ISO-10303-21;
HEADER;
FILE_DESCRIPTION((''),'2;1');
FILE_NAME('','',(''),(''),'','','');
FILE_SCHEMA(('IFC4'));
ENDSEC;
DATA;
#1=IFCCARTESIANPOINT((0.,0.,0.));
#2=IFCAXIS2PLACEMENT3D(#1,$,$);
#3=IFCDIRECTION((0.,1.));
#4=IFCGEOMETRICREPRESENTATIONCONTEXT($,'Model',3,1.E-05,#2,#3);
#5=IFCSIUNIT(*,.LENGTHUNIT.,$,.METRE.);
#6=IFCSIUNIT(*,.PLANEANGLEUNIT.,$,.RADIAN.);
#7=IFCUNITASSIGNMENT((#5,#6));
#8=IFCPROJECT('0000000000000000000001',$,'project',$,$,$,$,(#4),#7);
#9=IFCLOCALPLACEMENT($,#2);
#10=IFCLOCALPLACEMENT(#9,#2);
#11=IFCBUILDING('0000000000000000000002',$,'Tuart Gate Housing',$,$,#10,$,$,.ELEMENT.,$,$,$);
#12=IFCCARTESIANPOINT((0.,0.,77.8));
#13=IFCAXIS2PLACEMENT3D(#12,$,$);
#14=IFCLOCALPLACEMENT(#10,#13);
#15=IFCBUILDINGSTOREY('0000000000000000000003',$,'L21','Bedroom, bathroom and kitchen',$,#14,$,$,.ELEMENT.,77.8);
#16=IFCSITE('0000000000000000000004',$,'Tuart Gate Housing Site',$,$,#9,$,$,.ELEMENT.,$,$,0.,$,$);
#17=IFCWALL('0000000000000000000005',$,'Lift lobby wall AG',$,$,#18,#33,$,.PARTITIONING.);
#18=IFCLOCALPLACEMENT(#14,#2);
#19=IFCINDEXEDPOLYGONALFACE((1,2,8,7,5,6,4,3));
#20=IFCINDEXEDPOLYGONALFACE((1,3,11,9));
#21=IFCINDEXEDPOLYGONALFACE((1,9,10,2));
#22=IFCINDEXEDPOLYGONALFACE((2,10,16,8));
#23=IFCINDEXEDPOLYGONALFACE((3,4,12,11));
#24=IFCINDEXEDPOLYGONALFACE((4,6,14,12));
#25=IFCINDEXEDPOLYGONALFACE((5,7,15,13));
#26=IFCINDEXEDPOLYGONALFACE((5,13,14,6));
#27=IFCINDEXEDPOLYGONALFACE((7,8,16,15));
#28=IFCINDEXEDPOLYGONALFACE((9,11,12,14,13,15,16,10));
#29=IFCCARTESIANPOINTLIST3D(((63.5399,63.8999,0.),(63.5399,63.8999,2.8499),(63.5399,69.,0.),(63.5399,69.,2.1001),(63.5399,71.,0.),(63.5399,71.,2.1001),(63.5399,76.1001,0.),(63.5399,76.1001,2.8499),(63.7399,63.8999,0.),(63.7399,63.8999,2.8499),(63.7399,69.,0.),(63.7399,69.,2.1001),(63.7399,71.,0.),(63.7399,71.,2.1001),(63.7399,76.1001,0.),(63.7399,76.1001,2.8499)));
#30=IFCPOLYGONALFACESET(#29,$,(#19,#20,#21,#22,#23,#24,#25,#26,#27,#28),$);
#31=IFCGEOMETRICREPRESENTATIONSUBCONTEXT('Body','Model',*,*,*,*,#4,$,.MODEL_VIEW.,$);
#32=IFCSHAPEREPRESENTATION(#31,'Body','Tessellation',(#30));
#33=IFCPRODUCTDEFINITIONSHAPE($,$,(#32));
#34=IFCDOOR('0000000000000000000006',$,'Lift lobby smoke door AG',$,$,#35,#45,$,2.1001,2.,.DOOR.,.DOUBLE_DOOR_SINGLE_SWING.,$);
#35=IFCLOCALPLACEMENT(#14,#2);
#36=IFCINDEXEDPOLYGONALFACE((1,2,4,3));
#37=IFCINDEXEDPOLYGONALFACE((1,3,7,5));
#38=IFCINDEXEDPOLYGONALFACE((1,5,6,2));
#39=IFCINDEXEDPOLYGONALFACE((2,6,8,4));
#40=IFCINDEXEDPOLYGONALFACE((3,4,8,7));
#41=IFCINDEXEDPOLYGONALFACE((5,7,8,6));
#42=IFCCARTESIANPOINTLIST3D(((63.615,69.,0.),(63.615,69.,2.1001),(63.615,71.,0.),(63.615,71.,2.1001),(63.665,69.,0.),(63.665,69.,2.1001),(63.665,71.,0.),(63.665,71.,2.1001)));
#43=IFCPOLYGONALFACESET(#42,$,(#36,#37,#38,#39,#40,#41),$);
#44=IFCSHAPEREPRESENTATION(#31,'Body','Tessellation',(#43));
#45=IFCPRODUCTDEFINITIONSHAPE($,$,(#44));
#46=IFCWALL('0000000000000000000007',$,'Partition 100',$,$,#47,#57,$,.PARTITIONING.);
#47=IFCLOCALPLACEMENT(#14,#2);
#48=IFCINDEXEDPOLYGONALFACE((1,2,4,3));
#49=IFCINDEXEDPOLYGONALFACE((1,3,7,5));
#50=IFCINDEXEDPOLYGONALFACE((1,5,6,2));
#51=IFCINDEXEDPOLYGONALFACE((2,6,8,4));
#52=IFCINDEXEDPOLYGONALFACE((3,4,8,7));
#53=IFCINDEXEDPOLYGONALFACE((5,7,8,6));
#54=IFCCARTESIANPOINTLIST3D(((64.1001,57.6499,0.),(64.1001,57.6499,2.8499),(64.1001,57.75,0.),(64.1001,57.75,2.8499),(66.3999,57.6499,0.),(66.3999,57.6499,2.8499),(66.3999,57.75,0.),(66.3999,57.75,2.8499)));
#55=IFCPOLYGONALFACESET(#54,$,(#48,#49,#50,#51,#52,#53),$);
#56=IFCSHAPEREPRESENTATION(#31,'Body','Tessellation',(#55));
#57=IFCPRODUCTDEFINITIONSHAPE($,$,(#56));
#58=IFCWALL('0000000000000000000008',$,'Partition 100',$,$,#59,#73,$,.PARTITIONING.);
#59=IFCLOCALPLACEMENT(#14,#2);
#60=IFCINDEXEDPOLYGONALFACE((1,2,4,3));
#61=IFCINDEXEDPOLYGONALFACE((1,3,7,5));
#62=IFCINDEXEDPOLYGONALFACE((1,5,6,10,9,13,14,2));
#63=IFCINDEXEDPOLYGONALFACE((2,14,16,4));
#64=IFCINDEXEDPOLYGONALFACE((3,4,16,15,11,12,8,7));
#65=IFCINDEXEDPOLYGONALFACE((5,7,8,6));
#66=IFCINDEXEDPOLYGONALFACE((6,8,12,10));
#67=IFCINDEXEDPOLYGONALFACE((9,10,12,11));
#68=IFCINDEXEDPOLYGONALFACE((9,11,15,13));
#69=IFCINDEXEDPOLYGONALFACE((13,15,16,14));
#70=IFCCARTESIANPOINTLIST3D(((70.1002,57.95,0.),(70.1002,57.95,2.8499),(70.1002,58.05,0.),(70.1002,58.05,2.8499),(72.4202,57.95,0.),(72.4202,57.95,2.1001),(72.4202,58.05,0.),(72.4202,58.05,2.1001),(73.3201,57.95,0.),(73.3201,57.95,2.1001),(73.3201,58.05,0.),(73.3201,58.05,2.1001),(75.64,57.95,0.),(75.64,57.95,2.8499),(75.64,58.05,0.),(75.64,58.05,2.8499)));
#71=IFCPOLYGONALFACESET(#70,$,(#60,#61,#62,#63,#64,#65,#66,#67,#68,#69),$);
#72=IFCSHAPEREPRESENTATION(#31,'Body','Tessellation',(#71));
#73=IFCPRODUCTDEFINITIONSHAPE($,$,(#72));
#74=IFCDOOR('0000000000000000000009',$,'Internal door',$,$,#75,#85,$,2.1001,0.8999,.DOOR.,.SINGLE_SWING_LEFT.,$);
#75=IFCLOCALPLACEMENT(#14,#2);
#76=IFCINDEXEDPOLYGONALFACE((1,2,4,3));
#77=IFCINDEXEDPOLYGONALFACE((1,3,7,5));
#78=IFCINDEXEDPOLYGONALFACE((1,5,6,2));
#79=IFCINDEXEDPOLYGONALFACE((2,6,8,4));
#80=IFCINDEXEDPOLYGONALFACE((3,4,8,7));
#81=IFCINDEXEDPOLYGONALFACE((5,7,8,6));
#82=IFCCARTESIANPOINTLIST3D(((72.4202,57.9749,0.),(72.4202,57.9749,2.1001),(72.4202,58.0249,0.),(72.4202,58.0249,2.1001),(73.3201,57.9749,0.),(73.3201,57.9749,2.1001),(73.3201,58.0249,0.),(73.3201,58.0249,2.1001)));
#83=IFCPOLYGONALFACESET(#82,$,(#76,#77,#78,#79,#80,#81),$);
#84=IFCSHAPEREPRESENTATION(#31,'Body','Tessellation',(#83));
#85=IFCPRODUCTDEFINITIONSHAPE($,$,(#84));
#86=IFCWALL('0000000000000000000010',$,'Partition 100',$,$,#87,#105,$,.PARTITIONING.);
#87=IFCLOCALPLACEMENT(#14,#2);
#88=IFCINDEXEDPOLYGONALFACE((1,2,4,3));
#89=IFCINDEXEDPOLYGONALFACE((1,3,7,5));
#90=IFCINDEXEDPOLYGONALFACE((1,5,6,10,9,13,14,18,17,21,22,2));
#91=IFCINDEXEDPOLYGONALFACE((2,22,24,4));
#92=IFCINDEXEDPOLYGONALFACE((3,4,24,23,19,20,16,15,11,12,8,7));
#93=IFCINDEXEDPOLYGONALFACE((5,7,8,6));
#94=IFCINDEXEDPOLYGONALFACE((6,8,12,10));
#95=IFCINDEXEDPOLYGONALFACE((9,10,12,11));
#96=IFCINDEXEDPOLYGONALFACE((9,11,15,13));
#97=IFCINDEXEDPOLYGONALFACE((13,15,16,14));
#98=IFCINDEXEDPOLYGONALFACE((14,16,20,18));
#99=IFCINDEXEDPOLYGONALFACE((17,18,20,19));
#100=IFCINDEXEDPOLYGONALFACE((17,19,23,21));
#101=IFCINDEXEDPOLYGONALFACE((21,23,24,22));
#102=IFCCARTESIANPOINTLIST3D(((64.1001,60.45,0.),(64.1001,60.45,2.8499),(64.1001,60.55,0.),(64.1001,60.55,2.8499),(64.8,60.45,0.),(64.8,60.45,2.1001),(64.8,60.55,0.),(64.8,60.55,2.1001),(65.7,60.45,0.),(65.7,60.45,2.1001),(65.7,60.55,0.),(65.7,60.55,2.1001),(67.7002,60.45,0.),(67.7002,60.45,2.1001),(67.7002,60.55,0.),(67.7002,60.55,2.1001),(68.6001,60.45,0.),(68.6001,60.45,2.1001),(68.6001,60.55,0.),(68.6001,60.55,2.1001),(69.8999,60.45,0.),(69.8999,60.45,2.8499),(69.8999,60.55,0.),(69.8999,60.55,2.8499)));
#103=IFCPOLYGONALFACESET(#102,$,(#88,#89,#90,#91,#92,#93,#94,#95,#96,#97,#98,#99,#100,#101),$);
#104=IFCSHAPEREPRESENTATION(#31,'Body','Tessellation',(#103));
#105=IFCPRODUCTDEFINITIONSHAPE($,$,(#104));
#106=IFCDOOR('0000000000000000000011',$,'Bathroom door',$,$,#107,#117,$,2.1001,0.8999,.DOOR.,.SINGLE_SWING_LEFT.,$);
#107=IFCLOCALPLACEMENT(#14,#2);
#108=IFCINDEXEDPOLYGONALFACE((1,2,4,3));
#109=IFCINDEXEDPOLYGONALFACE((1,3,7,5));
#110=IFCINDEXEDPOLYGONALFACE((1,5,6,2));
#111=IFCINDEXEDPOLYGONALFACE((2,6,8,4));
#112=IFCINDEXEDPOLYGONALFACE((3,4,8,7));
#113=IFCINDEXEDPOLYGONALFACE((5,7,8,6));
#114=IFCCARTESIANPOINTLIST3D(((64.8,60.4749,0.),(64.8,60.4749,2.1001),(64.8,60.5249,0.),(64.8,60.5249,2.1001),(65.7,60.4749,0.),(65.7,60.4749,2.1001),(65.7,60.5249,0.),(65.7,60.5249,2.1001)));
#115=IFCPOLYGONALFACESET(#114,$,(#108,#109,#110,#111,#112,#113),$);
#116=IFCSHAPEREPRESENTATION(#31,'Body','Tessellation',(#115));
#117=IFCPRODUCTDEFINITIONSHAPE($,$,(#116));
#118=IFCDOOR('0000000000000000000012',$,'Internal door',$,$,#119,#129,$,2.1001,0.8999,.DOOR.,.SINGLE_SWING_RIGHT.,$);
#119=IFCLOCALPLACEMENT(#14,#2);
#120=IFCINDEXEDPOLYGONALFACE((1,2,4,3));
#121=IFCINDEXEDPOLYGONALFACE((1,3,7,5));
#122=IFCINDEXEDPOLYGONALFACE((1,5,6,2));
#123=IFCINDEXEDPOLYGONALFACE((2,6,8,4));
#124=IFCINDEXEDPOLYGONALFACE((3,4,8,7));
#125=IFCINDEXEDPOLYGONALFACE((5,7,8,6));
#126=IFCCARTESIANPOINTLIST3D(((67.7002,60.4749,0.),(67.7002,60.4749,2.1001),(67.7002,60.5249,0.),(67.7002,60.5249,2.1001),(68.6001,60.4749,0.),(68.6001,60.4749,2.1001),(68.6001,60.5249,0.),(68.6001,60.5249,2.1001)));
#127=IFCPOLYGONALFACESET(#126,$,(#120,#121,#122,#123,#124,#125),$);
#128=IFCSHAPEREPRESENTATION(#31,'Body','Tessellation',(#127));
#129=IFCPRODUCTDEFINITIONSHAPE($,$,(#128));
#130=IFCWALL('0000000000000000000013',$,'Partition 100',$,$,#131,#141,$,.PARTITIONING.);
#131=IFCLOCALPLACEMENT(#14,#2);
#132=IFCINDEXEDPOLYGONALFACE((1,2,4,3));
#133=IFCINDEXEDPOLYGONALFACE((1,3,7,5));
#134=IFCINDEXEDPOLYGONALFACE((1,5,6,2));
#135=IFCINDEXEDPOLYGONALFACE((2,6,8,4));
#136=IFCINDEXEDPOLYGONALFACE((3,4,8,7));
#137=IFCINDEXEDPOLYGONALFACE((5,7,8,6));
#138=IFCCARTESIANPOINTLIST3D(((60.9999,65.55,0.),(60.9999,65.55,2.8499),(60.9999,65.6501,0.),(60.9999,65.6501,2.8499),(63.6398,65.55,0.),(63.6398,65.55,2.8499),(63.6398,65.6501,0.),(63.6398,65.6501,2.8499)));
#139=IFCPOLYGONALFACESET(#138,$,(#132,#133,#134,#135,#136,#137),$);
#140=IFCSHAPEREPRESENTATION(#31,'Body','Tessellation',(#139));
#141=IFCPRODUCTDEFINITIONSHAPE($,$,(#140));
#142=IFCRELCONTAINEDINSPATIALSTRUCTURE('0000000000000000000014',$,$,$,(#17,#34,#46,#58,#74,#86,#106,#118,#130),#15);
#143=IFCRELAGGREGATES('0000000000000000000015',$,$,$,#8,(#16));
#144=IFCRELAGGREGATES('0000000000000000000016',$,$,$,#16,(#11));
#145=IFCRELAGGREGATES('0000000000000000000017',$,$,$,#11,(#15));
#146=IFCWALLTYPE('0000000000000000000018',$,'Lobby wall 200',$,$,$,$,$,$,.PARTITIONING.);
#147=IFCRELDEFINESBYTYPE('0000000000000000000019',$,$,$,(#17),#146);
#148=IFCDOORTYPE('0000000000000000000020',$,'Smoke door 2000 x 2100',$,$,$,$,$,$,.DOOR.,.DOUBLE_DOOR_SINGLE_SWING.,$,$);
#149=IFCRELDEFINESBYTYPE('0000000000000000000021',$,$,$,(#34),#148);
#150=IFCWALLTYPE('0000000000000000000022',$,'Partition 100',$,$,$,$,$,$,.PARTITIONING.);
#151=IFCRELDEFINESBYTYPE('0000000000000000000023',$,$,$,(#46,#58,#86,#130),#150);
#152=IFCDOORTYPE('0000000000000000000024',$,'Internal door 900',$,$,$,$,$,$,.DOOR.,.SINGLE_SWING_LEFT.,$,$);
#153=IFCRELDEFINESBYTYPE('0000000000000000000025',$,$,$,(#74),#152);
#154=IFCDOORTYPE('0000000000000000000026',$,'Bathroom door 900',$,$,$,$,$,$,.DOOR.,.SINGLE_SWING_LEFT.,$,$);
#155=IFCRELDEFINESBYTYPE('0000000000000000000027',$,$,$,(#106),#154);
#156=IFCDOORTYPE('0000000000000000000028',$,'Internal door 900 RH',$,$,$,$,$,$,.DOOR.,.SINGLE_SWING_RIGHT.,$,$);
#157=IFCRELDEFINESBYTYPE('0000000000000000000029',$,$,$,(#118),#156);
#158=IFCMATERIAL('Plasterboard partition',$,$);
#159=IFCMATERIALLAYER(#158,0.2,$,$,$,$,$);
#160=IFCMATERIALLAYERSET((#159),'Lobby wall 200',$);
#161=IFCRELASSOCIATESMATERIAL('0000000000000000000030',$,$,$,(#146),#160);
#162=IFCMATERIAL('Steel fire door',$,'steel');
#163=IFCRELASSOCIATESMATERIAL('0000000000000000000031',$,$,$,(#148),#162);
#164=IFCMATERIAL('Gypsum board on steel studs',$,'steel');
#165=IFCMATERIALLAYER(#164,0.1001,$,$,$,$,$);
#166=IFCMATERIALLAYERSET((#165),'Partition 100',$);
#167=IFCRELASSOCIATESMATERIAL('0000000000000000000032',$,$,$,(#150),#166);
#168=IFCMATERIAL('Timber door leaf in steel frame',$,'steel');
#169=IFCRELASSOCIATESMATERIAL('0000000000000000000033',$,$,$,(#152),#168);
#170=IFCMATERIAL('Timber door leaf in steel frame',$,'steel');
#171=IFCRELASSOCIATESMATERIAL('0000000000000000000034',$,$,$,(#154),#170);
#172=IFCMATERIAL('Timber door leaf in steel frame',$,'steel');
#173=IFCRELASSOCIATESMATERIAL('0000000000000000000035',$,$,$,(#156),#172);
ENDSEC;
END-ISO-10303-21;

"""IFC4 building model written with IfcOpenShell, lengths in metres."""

from ifc_helpers import new_model, si_unit, direction, frame, frame_2d, origin, place, context, subcontext, project, spatial, rectangle, extrude, material, layer, layer_set, type_object, element, fill, save


model = new_model("IFC4")

# Units and contexts
model_context = context("Model", 3, precision=1e-05, world=origin(), true_north=direction((0.0, 1.0)))
body_context = subcontext(model_context, "Body", "Model", "MODEL_VIEW")
ifc_project = project(units=[si_unit("LENGTHUNIT", "METRE"), si_unit("PLANEANGLEUNIT", "RADIAN")], contexts=[model_context])

# Site, building, storey
site_placement = place(None, origin())
site = spatial("IfcSite", under=ifc_project, at=site_placement, Name="Tuart Gate Housing Site", CompositionType="ELEMENT", RefElevation=0.0)
building_placement = place(site_placement, origin())
building = spatial("IfcBuilding", under=site, at=building_placement, Name="Tuart Gate Housing", CompositionType="ELEMENT")
storey_placement = place(building_placement, frame((0.0, 0.0, 77.8)))
storey = spatial("IfcBuildingStorey", under=building, at=storey_placement, Name="L21", Description="Bedroom, bathroom and kitchen", CompositionType="ELEMENT", Elevation=77.8)

# Wall, opening, door
ifc_material_1 = material(Name="Plasterboard partition")
ifc_layer_1 = layer(ifc_material_1, 0.2)
ifc_layer_set_1 = layer_set([ifc_layer_1], Name="Lobby wall 200")
wall_type_1 = type_object("IfcWallType", Name="Lobby wall 200", PredefinedType="PARTITIONING", material=ifc_layer_set_1)
wall_1_placement = place(storey_placement, frame((63.6399, 63.8999, 0.0), z_axis=(0.0, 0.0, 1.0), x_axis=(0.0, 1.0, 0.0)))
wall_1 = element("IfcWall", 1, at=wall_1_placement, inside=storey, type_object=wall_type_1, Name="Lift lobby wall AG", PredefinedType="PARTITIONING", context=body_context, shape_type="SweptSolid", body=[
    extrude(rectangle(XDim=12.2002, YDim=0.2, at=frame_2d((6.1001, 0.0))), origin(), (0.0, 0.0, 1.0), 2.8499),
])
opening_1_placement = place(wall_1_placement, frame((5.1001, 0.0, 0.0)))
opening_1 = element("IfcOpeningElement", 2, at=opening_1_placement, cuts=wall_1, PredefinedType="OPENING", context=body_context, shape_type="SweptSolid", body=[
    extrude(rectangle(XDim=2.0, YDim=2.1001, at=frame_2d((1.0, 1.05))), frame((0.0, 0.1099, 0.0), z_axis=(0.0, -1.0, 0.0), x_axis=(1.0, 0.0, 0.0)), (0.0, 0.0, 1.0), 0.22),
])
ifc_material_2 = material(Name="Steel fire door", Category="steel")
door_type_1 = type_object("IfcDoorType", Name="Smoke door 2000 x 2100", OperationType="DOUBLE_DOOR_SINGLE_SWING", PredefinedType="DOOR", material=ifc_material_2)
door_1_placement = place(opening_1_placement, frame((2.0, 0.0, 0.0), z_axis=(0.0, 0.0, 1.0), x_axis=(-1.0, 0.0, 0.0)))
door_1 = element("IfcDoor", 3, at=door_1_placement, inside=storey, type_object=door_type_1, Name="Lift lobby smoke door AG", OperationType="DOUBLE_DOOR_SINGLE_SWING", OverallHeight=2.1001, OverallWidth=2.0, PredefinedType="DOOR", context=body_context, shape_type="SweptSolid", body=[
    extrude(rectangle(XDim=2.0, YDim=2.1001, at=frame_2d((1.0, 1.05))), frame((0.0, 0.0251, 0.0), z_axis=(0.0, -1.0, 0.0), x_axis=(1.0, 0.0, 0.0)), (0.0, 0.0, 1.0), 0.05),
])
fill(opening_1, door_1)

# Wall
ifc_material_3 = material(Name="Gypsum board on steel studs", Category="steel")
ifc_layer_2 = layer(ifc_material_3, 0.1001)
ifc_layer_set_2 = layer_set([ifc_layer_2], Name="Partition 100")
wall_type_2 = type_object("IfcWallType", Name="Partition 100", PredefinedType="PARTITIONING", material=ifc_layer_set_2)
wall_2_placement = place(storey_placement, frame((64.1001, 57.7, 0.0), z_axis=(0.0, 0.0, 1.0), x_axis=(1.0, 0.0, 0.0)))
element("IfcWall", 4, at=wall_2_placement, inside=storey, type_object=wall_type_2, Name="Partition 100", PredefinedType="PARTITIONING", context=body_context, shape_type="SweptSolid", body=[
    extrude(rectangle(XDim=2.2998, YDim=0.1001, at=frame_2d((1.1499, 0.0))), origin(), (0.0, 0.0, 1.0), 2.8499),
])

# Wall, opening, door
wall_3_placement = place(storey_placement, frame((70.1001, 58.0, 0.0), z_axis=(0.0, 0.0, 1.0), x_axis=(1.0, 0.0, 0.0)))
wall_3 = element("IfcWall", 5, at=wall_3_placement, inside=storey, type_object=wall_type_2, Name="Partition 100", PredefinedType="PARTITIONING", context=body_context, shape_type="SweptSolid", body=[
    extrude(rectangle(XDim=5.5398, YDim=0.1001, at=frame_2d((2.77, 0.0))), origin(), (0.0, 0.0, 1.0), 2.8499),
])
opening_2_placement = place(wall_3_placement, frame((2.3201, 0.0, 0.0)))
opening_2 = element("IfcOpeningElement", 6, at=opening_2_placement, cuts=wall_3, PredefinedType="OPENING", context=body_context, shape_type="SweptSolid", body=[
    extrude(rectangle(XDim=0.8999, YDim=2.1001, at=frame_2d((0.45, 1.05))), frame((0.0, 0.0601, 0.0), z_axis=(0.0, -1.0, 0.0), x_axis=(1.0, 0.0, 0.0)), (0.0, 0.0, 1.0), 0.1201),
])
ifc_material_4 = material(Name="Timber door leaf in steel frame", Category="steel")
door_type_2 = type_object("IfcDoorType", Name="Internal door 900", OperationType="SINGLE_SWING_LEFT", PredefinedType="DOOR", material=ifc_material_4)
door_2_placement = place(opening_2_placement, frame((0.8999, 0.0, 0.0), z_axis=(0.0, 0.0, 1.0), x_axis=(-1.0, 0.0, 0.0)))
door_2 = element("IfcDoor", 7, at=door_2_placement, inside=storey, type_object=door_type_2, Name="Internal door", OperationType="SINGLE_SWING_LEFT", OverallHeight=2.1001, OverallWidth=0.8999, PredefinedType="DOOR", context=body_context, shape_type="SweptSolid", body=[
    extrude(rectangle(XDim=0.8999, YDim=2.1001, at=frame_2d((0.45, 1.05))), frame((0.0, 0.0251, 0.0), z_axis=(0.0, -1.0, 0.0), x_axis=(1.0, 0.0, 0.0)), (0.0, 0.0, 1.0), 0.05),
])
fill(opening_2, door_2)

# Wall, openings, doors
wall_4_placement = place(storey_placement, frame((64.1001, 60.5, 0.0), z_axis=(0.0, 0.0, 1.0), x_axis=(1.0, 0.0, 0.0)))
wall_4 = element("IfcWall", 8, at=wall_4_placement, inside=storey, type_object=wall_type_2, Name="Partition 100", PredefinedType="PARTITIONING", context=body_context, shape_type="SweptSolid", body=[
    extrude(rectangle(XDim=5.7998, YDim=0.1001, at=frame_2d((2.8999, 0.0))), origin(), (0.0, 0.0, 1.0), 2.8499),
])
opening_3_placement = place(wall_4_placement, frame((3.6001, 0.0, 0.0)))
opening_3 = element("IfcOpeningElement", 9, at=opening_3_placement, cuts=wall_4, PredefinedType="OPENING", context=body_context, shape_type="SweptSolid", body=[
    extrude(rectangle(XDim=0.8999, YDim=2.1001, at=frame_2d((0.45, 1.05))), frame((0.0, 0.0601, 0.0), z_axis=(0.0, -1.0, 0.0), x_axis=(1.0, 0.0, 0.0)), (0.0, 0.0, 1.0), 0.1201),
])
opening_4_placement = place(wall_4_placement, frame((0.7, 0.0, 0.0)))
opening_4 = element("IfcOpeningElement", 10, at=opening_4_placement, cuts=wall_4, PredefinedType="OPENING", context=body_context, shape_type="SweptSolid", body=[
    extrude(rectangle(XDim=0.8999, YDim=2.1001, at=frame_2d((0.45, 1.05))), frame((0.0, 0.0601, 0.0), z_axis=(0.0, -1.0, 0.0), x_axis=(1.0, 0.0, 0.0)), (0.0, 0.0, 1.0), 0.1201),
])
ifc_material_5 = material(Name="Timber door leaf in steel frame", Category="steel")
door_type_3 = type_object("IfcDoorType", Name="Bathroom door 900", OperationType="SINGLE_SWING_LEFT", PredefinedType="DOOR", material=ifc_material_5)
door_3_placement = place(opening_4_placement, frame((0.8999, 0.0, 0.0), z_axis=(0.0, 0.0, 1.0), x_axis=(-1.0, 0.0, 0.0)))
door_3 = element("IfcDoor", 11, at=door_3_placement, inside=storey, type_object=door_type_3, Name="Bathroom door", OperationType="SINGLE_SWING_LEFT", OverallHeight=2.1001, OverallWidth=0.8999, PredefinedType="DOOR", context=body_context, shape_type="SweptSolid", body=[
    extrude(rectangle(XDim=0.8999, YDim=2.1001, at=frame_2d((0.45, 1.05))), frame((0.0, 0.0251, 0.0), z_axis=(0.0, -1.0, 0.0), x_axis=(1.0, 0.0, 0.0)), (0.0, 0.0, 1.0), 0.05),
])
fill(opening_4, door_3)
ifc_material_6 = material(Name="Timber door leaf in steel frame", Category="steel")
door_type_4 = type_object("IfcDoorType", Name="Internal door 900 RH", OperationType="SINGLE_SWING_RIGHT", PredefinedType="DOOR", material=ifc_material_6)
door_4_placement = place(opening_3_placement, frame((0.8999, 0.0, 0.0), z_axis=(0.0, 0.0, 1.0), x_axis=(-1.0, 0.0, 0.0)))
door_4 = element("IfcDoor", 12, at=door_4_placement, inside=storey, type_object=door_type_4, Name="Internal door", OperationType="SINGLE_SWING_RIGHT", OverallHeight=2.1001, OverallWidth=0.8999, PredefinedType="DOOR", context=body_context, shape_type="SweptSolid", body=[
    extrude(rectangle(XDim=0.8999, YDim=2.1001, at=frame_2d((0.45, 1.05))), frame((0.0, 0.0251, 0.0), z_axis=(0.0, -1.0, 0.0), x_axis=(1.0, 0.0, 0.0)), (0.0, 0.0, 1.0), 0.05),
])
fill(opening_3, door_4)

# Wall
wall_5_placement = place(storey_placement, frame((61.0, 65.6001, 0.0), z_axis=(0.0, 0.0, 1.0), x_axis=(1.0, 0.0, 0.0)))
element("IfcWall", 13, at=wall_5_placement, inside=storey, type_object=wall_type_2, Name="Partition 100", PredefinedType="PARTITIONING", context=body_context, shape_type="SweptSolid", body=[
    extrude(rectangle(XDim=2.6399, YDim=0.1001, at=frame_2d((1.3198, 0.0))), origin(), (0.0, 0.0, 1.0), 2.8499),
])

save(model, "model.ifc")
